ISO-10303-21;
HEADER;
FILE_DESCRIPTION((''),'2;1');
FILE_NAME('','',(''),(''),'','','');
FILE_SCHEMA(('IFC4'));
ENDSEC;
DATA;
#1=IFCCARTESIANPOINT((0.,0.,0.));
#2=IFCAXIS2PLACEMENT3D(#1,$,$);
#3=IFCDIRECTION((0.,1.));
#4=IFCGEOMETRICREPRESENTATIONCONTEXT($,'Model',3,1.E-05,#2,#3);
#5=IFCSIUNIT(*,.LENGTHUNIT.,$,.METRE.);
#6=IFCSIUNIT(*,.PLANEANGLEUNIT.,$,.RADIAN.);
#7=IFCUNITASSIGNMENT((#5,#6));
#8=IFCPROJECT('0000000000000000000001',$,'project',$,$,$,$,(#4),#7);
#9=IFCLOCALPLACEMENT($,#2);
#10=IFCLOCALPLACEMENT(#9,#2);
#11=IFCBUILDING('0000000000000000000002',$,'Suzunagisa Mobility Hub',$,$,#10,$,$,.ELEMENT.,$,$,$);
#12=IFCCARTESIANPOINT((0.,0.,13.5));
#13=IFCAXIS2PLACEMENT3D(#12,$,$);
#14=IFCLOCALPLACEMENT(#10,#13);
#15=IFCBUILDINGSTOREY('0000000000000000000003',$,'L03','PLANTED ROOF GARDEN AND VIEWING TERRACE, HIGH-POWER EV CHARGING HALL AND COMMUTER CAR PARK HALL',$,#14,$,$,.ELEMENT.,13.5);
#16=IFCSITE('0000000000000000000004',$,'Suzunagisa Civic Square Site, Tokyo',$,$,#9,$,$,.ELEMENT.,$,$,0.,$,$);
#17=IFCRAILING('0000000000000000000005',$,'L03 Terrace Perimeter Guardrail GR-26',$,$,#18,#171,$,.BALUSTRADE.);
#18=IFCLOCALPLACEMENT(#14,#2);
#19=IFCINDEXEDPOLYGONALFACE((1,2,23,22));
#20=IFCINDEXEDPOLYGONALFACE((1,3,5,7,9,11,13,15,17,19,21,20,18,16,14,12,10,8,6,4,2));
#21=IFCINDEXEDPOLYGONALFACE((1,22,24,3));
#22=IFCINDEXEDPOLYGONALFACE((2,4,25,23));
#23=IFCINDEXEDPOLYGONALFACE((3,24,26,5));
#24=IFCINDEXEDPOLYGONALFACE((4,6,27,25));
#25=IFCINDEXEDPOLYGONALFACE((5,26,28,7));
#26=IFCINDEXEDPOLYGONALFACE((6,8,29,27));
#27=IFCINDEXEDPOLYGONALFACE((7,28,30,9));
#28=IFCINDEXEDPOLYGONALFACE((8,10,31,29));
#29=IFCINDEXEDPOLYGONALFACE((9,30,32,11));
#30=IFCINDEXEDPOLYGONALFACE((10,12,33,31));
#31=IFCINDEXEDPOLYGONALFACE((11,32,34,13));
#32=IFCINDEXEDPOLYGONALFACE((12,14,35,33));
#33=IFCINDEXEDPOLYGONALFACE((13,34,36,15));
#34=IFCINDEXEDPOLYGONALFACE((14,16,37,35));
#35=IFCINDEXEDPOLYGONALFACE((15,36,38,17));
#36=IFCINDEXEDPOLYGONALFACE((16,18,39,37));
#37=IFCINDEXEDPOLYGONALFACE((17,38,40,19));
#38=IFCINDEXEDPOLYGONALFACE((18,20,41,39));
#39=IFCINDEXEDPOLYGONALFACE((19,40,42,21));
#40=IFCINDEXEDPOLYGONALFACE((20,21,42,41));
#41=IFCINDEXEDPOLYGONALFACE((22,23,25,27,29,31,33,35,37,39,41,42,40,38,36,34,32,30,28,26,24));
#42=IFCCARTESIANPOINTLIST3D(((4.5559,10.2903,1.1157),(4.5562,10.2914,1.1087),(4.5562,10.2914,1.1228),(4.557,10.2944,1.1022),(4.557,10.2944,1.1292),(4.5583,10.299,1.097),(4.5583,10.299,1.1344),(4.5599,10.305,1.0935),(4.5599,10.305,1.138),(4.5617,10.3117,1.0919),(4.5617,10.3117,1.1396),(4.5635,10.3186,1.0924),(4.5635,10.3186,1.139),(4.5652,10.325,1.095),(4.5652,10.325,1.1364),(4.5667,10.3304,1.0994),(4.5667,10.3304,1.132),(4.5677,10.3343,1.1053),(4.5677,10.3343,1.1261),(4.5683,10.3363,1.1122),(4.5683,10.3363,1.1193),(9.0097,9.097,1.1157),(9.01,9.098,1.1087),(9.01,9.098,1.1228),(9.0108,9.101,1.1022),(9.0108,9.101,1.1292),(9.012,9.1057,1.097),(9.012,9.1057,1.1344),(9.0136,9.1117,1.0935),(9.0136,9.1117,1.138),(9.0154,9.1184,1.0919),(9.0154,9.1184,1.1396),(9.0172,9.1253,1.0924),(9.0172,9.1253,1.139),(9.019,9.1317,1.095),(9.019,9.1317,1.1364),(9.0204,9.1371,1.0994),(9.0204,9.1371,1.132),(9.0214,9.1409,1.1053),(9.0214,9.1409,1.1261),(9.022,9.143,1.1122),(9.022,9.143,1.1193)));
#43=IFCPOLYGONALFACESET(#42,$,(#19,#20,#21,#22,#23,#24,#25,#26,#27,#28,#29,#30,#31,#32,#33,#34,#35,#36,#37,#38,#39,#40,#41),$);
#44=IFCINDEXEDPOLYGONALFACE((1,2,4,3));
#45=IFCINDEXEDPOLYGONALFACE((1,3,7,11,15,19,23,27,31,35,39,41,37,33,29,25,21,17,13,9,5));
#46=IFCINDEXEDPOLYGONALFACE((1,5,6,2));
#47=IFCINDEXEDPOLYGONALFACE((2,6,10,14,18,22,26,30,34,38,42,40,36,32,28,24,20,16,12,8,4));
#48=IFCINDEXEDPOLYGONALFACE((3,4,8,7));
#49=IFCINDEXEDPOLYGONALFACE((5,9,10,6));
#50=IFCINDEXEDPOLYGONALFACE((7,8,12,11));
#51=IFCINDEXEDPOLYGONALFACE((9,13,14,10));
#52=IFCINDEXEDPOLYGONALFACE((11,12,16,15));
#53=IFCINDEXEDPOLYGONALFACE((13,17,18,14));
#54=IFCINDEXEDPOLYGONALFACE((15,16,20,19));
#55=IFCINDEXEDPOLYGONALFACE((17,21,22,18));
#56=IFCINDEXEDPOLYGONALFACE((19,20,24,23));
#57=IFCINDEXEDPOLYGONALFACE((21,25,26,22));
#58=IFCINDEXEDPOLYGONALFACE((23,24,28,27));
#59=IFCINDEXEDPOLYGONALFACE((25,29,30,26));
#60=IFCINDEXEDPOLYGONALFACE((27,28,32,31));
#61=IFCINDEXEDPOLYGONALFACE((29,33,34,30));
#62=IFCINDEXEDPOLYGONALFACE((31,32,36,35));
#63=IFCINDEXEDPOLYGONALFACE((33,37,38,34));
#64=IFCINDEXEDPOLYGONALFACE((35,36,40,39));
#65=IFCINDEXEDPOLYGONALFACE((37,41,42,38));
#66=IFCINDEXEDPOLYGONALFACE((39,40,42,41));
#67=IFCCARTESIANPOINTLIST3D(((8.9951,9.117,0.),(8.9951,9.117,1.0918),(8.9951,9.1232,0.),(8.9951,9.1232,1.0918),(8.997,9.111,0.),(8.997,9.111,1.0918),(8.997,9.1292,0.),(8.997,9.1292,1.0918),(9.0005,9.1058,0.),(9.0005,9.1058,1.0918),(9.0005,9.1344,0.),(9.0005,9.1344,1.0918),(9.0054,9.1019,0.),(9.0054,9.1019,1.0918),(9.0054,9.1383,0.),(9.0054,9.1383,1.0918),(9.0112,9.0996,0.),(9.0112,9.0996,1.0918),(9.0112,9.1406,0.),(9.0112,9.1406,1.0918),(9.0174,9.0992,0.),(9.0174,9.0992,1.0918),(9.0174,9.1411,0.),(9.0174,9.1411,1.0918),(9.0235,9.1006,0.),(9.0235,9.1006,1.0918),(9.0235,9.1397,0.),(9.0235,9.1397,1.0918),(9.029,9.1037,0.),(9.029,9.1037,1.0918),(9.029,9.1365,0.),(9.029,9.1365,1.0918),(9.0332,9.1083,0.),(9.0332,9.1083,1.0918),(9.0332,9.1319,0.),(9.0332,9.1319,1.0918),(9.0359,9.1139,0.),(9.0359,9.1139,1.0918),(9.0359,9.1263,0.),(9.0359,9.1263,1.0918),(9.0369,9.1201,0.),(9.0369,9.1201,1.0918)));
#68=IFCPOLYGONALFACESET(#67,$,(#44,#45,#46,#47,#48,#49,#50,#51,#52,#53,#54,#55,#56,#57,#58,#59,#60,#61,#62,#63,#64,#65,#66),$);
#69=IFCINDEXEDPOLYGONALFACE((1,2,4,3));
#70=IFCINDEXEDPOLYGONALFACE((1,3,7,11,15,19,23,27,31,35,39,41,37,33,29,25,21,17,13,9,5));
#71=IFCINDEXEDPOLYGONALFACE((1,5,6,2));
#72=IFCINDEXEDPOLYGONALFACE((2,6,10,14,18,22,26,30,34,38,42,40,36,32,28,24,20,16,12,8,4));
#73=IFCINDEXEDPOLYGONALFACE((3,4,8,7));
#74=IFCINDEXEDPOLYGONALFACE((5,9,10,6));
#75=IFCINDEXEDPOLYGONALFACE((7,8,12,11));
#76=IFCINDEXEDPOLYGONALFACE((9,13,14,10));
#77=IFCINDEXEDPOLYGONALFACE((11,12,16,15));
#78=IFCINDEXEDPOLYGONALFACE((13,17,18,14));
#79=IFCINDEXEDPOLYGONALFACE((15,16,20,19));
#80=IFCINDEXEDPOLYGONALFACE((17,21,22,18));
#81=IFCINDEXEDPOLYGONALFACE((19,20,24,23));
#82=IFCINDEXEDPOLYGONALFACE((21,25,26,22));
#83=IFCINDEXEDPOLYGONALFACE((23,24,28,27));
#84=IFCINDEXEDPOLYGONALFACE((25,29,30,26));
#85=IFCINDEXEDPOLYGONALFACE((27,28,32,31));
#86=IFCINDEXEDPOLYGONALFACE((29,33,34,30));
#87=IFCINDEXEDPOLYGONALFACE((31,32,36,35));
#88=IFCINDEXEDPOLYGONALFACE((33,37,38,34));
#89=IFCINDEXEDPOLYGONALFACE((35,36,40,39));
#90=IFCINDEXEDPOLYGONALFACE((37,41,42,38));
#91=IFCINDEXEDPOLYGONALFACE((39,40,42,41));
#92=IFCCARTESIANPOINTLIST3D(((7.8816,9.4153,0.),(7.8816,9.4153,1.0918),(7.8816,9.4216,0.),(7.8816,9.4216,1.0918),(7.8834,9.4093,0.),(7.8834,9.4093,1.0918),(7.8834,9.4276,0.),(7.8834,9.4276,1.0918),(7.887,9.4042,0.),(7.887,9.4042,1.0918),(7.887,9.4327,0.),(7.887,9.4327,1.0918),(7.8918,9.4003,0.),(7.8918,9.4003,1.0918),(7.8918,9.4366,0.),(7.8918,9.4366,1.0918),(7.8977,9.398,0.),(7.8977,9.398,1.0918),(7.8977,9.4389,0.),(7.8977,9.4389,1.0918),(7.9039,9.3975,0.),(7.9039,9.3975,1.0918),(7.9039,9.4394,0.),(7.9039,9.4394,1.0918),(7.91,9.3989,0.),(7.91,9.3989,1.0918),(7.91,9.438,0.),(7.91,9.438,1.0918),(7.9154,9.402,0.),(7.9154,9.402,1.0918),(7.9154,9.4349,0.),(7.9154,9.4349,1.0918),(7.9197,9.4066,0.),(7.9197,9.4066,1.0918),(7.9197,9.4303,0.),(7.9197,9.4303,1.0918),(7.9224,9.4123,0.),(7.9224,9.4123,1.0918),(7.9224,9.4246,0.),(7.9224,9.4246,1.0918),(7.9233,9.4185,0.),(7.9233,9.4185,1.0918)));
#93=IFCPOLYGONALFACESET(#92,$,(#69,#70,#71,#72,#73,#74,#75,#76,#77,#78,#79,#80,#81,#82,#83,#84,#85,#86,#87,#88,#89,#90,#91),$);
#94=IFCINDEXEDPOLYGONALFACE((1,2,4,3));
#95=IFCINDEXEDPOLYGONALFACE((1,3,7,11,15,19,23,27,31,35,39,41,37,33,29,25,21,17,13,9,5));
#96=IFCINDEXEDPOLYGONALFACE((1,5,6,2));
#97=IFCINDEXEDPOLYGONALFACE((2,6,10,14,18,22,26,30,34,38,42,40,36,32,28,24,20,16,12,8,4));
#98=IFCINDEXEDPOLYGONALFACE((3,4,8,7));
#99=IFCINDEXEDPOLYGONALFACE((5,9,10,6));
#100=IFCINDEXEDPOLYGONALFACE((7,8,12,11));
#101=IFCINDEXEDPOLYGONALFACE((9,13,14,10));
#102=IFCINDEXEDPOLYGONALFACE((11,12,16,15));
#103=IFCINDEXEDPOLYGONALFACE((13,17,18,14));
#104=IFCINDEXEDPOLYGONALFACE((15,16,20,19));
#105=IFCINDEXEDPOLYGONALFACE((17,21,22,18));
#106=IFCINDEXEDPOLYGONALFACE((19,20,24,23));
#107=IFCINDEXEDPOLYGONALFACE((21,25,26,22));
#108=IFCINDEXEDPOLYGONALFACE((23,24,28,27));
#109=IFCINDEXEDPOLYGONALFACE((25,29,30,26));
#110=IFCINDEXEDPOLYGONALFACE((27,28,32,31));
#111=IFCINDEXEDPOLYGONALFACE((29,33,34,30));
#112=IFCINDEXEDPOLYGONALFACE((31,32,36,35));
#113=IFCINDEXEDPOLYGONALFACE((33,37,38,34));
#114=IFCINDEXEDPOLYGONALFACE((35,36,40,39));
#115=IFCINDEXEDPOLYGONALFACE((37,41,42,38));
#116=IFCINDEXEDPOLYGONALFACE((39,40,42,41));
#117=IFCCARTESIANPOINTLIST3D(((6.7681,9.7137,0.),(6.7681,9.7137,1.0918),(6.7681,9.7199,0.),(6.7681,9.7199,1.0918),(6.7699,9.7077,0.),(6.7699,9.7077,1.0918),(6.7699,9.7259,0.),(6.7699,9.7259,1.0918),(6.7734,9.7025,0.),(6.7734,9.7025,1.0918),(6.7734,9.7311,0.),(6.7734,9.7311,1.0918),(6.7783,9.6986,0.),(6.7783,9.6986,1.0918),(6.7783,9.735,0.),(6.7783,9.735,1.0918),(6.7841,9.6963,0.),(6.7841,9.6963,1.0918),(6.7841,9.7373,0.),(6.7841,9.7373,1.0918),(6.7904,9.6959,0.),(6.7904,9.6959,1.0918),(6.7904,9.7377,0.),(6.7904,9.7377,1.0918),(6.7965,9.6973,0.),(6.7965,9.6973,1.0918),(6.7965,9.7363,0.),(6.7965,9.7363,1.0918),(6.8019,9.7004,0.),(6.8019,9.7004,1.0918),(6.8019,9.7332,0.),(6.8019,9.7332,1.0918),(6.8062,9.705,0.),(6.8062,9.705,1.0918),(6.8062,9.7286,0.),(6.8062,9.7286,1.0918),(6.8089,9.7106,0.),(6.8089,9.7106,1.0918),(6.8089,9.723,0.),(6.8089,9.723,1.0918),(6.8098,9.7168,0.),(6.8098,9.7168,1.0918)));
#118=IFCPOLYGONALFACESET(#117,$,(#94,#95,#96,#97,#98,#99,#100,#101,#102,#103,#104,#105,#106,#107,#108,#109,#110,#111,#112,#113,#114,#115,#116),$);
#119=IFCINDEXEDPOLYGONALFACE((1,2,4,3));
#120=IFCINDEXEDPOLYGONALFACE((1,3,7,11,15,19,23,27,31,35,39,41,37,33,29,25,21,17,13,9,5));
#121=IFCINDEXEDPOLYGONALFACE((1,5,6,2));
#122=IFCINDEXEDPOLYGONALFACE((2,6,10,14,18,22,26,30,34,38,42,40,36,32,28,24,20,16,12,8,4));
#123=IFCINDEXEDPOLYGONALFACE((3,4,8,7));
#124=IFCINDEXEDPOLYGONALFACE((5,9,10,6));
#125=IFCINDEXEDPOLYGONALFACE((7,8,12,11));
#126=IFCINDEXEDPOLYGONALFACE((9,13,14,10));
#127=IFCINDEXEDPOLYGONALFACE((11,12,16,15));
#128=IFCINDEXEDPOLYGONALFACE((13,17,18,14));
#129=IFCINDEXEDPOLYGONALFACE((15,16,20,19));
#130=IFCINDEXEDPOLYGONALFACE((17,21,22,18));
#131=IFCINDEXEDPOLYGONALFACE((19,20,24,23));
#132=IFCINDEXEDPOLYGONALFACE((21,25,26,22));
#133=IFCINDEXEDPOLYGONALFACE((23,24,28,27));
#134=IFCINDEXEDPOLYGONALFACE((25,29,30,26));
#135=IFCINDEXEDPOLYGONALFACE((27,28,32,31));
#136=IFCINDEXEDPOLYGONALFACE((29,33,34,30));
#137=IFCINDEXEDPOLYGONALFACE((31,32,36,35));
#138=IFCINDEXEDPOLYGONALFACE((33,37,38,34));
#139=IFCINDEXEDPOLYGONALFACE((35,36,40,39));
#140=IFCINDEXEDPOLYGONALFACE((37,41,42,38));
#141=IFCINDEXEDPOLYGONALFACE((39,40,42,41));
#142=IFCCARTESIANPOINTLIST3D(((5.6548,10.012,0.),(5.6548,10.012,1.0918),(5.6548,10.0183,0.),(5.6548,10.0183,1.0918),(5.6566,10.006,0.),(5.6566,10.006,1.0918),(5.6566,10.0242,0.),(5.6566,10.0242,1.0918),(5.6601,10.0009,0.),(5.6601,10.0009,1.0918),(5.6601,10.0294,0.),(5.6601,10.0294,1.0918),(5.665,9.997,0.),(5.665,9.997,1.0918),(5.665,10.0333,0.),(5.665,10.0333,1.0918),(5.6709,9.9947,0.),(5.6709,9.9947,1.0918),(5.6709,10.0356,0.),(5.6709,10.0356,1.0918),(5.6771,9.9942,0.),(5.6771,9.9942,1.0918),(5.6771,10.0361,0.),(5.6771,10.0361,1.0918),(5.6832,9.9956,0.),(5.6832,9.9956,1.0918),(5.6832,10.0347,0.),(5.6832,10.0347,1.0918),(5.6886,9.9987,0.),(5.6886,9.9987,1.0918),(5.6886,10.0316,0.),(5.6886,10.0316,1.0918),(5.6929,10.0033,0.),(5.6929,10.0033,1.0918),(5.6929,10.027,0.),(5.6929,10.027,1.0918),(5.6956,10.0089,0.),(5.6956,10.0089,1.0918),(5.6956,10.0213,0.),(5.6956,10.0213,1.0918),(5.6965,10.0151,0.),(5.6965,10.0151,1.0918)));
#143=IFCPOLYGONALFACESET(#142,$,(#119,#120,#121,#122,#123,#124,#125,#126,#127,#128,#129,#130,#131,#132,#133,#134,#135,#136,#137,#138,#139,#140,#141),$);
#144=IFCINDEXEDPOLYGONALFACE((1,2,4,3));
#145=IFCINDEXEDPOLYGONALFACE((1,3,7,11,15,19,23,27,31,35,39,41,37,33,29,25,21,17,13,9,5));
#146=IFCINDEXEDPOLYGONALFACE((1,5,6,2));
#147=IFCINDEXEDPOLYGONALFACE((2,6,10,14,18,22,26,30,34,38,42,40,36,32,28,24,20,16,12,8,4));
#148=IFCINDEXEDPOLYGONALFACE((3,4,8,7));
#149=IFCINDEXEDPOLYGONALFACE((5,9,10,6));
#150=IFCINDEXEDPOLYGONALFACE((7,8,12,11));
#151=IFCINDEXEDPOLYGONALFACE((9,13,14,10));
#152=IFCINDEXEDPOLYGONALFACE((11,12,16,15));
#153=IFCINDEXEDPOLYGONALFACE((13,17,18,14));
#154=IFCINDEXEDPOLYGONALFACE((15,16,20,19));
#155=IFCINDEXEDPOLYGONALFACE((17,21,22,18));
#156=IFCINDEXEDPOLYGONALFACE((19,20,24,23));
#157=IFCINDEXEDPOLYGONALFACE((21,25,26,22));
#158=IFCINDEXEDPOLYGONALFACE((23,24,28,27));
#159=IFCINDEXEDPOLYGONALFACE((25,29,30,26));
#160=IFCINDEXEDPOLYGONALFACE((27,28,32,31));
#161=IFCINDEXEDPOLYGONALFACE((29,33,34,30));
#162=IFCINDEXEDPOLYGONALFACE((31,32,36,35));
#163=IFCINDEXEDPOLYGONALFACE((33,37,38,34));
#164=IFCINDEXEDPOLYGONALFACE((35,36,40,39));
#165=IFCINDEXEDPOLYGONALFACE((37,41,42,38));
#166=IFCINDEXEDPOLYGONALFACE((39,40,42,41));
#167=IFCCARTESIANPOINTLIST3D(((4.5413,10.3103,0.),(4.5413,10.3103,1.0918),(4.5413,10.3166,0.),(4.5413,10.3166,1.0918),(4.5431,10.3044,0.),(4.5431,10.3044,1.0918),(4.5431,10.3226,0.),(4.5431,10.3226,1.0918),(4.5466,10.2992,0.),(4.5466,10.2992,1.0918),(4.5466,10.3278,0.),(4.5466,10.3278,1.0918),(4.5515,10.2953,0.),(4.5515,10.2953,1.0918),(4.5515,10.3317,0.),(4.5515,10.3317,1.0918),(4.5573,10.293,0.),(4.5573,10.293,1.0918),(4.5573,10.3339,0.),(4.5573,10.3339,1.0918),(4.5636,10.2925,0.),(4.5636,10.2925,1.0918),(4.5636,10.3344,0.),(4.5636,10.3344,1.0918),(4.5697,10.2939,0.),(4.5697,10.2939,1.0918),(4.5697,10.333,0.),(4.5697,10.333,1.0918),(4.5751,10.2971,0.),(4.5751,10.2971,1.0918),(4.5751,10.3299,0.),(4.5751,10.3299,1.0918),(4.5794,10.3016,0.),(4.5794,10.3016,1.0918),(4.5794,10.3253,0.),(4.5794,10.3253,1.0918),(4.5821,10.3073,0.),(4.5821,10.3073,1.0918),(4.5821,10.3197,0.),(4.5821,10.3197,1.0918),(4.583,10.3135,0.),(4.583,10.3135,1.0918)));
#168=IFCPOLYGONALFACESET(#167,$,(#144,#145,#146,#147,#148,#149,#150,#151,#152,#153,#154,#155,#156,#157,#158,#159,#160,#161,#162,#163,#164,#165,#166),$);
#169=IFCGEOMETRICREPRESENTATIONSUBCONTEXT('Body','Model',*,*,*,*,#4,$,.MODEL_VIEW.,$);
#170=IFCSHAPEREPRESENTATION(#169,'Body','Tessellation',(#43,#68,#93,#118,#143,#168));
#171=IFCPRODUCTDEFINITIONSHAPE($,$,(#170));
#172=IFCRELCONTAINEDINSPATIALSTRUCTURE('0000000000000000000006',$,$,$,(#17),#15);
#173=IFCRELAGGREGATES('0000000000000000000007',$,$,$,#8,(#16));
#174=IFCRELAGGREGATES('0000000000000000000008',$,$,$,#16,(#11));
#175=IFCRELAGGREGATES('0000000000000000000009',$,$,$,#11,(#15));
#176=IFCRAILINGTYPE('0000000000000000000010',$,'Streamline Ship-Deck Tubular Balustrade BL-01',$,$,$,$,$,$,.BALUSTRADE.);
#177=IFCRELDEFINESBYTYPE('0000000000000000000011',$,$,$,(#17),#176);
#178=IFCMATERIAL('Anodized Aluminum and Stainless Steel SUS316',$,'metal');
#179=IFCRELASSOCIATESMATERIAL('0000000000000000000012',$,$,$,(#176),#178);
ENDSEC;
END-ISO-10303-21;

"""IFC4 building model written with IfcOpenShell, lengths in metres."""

from ifc_helpers import new_model, si_unit, direction, frame, origin, origin_2d, place, context, subcontext, project, spatial, circle, extrude, material, type_object, element, save


model = new_model("IFC4")

# Units and contexts
model_context = context("Model", 3, precision=1e-05, world=origin(), true_north=direction((0.0, 1.0)))
body_context = subcontext(model_context, "Body", "Model", "MODEL_VIEW")
ifc_project = project(units=[si_unit("LENGTHUNIT", "METRE"), si_unit("PLANEANGLEUNIT", "RADIAN")], contexts=[model_context])

# Site, building, storey
site_placement = place(None, origin())
site = spatial("IfcSite", under=ifc_project, at=site_placement, Name="Suzunagisa Civic Square Site, Tokyo", CompositionType="ELEMENT", RefElevation=0.0)
building_placement = place(site_placement, origin())
building = spatial("IfcBuilding", under=site, at=building_placement, Name="Suzunagisa Mobility Hub", CompositionType="ELEMENT")
storey_placement = place(building_placement, frame((0.0, 0.0, 13.5)))
storey = spatial("IfcBuildingStorey", under=building, at=storey_placement, Name="L03", Description="PLANTED ROOF GARDEN AND VIEWING TERRACE, HIGH-POWER EV CHARGING HALL AND COMMUTER CAR PARK HALL", CompositionType="ELEMENT", Elevation=13.5)

# Railing
ifc_material_1 = material(Name="Anodized Aluminum and Stainless Steel SUS316", Category="metal")
railing_type = type_object("IfcRailingType", Name="Streamline Ship-Deck Tubular Balustrade BL-01", PredefinedType="BALUSTRADE", material=ifc_material_1)
railing_1_placement = place(storey_placement, frame((9.0159, 9.1201, 0.0)))
element("IfcRailing", 1, at=railing_1_placement, inside=storey, type_object=railing_type, Name="L03 Terrace Perimeter Guardrail GR-26", PredefinedType="BALUSTRADE", context=body_context, shape_type="SweptSolid", body=[
    extrude(circle(Radius=0.0239, at=origin_2d()), frame((0.0, 0.0, 1.1157), z_axis=(-0.965928, 0.258809, 0.0), x_axis=(-0.258809, -0.965928, 0.0)), (0.0, 0.0, 1.0), 4.6108),
    extrude(circle(Radius=0.021, at=origin_2d()), origin(), (0.0, 0.0, 1.0), 1.0918),
    extrude(circle(Radius=0.021, at=origin_2d()), frame((-1.1135, 0.2983, 0.0)), (0.0, 0.0, 1.0), 1.0918),
    extrude(circle(Radius=0.021, at=origin_2d()), frame((-2.2271, 0.5967, 0.0)), (0.0, 0.0, 1.0), 1.0918),
    extrude(circle(Radius=0.021, at=origin_2d()), frame((-3.3403, 0.895, 0.0)), (0.0, 0.0, 1.0), 1.0918),
    extrude(circle(Radius=0.021, at=origin_2d()), frame((-4.4539, 1.1934, 0.0)), (0.0, 0.0, 1.0), 1.0918),
])

save(model, "model.ifc")
